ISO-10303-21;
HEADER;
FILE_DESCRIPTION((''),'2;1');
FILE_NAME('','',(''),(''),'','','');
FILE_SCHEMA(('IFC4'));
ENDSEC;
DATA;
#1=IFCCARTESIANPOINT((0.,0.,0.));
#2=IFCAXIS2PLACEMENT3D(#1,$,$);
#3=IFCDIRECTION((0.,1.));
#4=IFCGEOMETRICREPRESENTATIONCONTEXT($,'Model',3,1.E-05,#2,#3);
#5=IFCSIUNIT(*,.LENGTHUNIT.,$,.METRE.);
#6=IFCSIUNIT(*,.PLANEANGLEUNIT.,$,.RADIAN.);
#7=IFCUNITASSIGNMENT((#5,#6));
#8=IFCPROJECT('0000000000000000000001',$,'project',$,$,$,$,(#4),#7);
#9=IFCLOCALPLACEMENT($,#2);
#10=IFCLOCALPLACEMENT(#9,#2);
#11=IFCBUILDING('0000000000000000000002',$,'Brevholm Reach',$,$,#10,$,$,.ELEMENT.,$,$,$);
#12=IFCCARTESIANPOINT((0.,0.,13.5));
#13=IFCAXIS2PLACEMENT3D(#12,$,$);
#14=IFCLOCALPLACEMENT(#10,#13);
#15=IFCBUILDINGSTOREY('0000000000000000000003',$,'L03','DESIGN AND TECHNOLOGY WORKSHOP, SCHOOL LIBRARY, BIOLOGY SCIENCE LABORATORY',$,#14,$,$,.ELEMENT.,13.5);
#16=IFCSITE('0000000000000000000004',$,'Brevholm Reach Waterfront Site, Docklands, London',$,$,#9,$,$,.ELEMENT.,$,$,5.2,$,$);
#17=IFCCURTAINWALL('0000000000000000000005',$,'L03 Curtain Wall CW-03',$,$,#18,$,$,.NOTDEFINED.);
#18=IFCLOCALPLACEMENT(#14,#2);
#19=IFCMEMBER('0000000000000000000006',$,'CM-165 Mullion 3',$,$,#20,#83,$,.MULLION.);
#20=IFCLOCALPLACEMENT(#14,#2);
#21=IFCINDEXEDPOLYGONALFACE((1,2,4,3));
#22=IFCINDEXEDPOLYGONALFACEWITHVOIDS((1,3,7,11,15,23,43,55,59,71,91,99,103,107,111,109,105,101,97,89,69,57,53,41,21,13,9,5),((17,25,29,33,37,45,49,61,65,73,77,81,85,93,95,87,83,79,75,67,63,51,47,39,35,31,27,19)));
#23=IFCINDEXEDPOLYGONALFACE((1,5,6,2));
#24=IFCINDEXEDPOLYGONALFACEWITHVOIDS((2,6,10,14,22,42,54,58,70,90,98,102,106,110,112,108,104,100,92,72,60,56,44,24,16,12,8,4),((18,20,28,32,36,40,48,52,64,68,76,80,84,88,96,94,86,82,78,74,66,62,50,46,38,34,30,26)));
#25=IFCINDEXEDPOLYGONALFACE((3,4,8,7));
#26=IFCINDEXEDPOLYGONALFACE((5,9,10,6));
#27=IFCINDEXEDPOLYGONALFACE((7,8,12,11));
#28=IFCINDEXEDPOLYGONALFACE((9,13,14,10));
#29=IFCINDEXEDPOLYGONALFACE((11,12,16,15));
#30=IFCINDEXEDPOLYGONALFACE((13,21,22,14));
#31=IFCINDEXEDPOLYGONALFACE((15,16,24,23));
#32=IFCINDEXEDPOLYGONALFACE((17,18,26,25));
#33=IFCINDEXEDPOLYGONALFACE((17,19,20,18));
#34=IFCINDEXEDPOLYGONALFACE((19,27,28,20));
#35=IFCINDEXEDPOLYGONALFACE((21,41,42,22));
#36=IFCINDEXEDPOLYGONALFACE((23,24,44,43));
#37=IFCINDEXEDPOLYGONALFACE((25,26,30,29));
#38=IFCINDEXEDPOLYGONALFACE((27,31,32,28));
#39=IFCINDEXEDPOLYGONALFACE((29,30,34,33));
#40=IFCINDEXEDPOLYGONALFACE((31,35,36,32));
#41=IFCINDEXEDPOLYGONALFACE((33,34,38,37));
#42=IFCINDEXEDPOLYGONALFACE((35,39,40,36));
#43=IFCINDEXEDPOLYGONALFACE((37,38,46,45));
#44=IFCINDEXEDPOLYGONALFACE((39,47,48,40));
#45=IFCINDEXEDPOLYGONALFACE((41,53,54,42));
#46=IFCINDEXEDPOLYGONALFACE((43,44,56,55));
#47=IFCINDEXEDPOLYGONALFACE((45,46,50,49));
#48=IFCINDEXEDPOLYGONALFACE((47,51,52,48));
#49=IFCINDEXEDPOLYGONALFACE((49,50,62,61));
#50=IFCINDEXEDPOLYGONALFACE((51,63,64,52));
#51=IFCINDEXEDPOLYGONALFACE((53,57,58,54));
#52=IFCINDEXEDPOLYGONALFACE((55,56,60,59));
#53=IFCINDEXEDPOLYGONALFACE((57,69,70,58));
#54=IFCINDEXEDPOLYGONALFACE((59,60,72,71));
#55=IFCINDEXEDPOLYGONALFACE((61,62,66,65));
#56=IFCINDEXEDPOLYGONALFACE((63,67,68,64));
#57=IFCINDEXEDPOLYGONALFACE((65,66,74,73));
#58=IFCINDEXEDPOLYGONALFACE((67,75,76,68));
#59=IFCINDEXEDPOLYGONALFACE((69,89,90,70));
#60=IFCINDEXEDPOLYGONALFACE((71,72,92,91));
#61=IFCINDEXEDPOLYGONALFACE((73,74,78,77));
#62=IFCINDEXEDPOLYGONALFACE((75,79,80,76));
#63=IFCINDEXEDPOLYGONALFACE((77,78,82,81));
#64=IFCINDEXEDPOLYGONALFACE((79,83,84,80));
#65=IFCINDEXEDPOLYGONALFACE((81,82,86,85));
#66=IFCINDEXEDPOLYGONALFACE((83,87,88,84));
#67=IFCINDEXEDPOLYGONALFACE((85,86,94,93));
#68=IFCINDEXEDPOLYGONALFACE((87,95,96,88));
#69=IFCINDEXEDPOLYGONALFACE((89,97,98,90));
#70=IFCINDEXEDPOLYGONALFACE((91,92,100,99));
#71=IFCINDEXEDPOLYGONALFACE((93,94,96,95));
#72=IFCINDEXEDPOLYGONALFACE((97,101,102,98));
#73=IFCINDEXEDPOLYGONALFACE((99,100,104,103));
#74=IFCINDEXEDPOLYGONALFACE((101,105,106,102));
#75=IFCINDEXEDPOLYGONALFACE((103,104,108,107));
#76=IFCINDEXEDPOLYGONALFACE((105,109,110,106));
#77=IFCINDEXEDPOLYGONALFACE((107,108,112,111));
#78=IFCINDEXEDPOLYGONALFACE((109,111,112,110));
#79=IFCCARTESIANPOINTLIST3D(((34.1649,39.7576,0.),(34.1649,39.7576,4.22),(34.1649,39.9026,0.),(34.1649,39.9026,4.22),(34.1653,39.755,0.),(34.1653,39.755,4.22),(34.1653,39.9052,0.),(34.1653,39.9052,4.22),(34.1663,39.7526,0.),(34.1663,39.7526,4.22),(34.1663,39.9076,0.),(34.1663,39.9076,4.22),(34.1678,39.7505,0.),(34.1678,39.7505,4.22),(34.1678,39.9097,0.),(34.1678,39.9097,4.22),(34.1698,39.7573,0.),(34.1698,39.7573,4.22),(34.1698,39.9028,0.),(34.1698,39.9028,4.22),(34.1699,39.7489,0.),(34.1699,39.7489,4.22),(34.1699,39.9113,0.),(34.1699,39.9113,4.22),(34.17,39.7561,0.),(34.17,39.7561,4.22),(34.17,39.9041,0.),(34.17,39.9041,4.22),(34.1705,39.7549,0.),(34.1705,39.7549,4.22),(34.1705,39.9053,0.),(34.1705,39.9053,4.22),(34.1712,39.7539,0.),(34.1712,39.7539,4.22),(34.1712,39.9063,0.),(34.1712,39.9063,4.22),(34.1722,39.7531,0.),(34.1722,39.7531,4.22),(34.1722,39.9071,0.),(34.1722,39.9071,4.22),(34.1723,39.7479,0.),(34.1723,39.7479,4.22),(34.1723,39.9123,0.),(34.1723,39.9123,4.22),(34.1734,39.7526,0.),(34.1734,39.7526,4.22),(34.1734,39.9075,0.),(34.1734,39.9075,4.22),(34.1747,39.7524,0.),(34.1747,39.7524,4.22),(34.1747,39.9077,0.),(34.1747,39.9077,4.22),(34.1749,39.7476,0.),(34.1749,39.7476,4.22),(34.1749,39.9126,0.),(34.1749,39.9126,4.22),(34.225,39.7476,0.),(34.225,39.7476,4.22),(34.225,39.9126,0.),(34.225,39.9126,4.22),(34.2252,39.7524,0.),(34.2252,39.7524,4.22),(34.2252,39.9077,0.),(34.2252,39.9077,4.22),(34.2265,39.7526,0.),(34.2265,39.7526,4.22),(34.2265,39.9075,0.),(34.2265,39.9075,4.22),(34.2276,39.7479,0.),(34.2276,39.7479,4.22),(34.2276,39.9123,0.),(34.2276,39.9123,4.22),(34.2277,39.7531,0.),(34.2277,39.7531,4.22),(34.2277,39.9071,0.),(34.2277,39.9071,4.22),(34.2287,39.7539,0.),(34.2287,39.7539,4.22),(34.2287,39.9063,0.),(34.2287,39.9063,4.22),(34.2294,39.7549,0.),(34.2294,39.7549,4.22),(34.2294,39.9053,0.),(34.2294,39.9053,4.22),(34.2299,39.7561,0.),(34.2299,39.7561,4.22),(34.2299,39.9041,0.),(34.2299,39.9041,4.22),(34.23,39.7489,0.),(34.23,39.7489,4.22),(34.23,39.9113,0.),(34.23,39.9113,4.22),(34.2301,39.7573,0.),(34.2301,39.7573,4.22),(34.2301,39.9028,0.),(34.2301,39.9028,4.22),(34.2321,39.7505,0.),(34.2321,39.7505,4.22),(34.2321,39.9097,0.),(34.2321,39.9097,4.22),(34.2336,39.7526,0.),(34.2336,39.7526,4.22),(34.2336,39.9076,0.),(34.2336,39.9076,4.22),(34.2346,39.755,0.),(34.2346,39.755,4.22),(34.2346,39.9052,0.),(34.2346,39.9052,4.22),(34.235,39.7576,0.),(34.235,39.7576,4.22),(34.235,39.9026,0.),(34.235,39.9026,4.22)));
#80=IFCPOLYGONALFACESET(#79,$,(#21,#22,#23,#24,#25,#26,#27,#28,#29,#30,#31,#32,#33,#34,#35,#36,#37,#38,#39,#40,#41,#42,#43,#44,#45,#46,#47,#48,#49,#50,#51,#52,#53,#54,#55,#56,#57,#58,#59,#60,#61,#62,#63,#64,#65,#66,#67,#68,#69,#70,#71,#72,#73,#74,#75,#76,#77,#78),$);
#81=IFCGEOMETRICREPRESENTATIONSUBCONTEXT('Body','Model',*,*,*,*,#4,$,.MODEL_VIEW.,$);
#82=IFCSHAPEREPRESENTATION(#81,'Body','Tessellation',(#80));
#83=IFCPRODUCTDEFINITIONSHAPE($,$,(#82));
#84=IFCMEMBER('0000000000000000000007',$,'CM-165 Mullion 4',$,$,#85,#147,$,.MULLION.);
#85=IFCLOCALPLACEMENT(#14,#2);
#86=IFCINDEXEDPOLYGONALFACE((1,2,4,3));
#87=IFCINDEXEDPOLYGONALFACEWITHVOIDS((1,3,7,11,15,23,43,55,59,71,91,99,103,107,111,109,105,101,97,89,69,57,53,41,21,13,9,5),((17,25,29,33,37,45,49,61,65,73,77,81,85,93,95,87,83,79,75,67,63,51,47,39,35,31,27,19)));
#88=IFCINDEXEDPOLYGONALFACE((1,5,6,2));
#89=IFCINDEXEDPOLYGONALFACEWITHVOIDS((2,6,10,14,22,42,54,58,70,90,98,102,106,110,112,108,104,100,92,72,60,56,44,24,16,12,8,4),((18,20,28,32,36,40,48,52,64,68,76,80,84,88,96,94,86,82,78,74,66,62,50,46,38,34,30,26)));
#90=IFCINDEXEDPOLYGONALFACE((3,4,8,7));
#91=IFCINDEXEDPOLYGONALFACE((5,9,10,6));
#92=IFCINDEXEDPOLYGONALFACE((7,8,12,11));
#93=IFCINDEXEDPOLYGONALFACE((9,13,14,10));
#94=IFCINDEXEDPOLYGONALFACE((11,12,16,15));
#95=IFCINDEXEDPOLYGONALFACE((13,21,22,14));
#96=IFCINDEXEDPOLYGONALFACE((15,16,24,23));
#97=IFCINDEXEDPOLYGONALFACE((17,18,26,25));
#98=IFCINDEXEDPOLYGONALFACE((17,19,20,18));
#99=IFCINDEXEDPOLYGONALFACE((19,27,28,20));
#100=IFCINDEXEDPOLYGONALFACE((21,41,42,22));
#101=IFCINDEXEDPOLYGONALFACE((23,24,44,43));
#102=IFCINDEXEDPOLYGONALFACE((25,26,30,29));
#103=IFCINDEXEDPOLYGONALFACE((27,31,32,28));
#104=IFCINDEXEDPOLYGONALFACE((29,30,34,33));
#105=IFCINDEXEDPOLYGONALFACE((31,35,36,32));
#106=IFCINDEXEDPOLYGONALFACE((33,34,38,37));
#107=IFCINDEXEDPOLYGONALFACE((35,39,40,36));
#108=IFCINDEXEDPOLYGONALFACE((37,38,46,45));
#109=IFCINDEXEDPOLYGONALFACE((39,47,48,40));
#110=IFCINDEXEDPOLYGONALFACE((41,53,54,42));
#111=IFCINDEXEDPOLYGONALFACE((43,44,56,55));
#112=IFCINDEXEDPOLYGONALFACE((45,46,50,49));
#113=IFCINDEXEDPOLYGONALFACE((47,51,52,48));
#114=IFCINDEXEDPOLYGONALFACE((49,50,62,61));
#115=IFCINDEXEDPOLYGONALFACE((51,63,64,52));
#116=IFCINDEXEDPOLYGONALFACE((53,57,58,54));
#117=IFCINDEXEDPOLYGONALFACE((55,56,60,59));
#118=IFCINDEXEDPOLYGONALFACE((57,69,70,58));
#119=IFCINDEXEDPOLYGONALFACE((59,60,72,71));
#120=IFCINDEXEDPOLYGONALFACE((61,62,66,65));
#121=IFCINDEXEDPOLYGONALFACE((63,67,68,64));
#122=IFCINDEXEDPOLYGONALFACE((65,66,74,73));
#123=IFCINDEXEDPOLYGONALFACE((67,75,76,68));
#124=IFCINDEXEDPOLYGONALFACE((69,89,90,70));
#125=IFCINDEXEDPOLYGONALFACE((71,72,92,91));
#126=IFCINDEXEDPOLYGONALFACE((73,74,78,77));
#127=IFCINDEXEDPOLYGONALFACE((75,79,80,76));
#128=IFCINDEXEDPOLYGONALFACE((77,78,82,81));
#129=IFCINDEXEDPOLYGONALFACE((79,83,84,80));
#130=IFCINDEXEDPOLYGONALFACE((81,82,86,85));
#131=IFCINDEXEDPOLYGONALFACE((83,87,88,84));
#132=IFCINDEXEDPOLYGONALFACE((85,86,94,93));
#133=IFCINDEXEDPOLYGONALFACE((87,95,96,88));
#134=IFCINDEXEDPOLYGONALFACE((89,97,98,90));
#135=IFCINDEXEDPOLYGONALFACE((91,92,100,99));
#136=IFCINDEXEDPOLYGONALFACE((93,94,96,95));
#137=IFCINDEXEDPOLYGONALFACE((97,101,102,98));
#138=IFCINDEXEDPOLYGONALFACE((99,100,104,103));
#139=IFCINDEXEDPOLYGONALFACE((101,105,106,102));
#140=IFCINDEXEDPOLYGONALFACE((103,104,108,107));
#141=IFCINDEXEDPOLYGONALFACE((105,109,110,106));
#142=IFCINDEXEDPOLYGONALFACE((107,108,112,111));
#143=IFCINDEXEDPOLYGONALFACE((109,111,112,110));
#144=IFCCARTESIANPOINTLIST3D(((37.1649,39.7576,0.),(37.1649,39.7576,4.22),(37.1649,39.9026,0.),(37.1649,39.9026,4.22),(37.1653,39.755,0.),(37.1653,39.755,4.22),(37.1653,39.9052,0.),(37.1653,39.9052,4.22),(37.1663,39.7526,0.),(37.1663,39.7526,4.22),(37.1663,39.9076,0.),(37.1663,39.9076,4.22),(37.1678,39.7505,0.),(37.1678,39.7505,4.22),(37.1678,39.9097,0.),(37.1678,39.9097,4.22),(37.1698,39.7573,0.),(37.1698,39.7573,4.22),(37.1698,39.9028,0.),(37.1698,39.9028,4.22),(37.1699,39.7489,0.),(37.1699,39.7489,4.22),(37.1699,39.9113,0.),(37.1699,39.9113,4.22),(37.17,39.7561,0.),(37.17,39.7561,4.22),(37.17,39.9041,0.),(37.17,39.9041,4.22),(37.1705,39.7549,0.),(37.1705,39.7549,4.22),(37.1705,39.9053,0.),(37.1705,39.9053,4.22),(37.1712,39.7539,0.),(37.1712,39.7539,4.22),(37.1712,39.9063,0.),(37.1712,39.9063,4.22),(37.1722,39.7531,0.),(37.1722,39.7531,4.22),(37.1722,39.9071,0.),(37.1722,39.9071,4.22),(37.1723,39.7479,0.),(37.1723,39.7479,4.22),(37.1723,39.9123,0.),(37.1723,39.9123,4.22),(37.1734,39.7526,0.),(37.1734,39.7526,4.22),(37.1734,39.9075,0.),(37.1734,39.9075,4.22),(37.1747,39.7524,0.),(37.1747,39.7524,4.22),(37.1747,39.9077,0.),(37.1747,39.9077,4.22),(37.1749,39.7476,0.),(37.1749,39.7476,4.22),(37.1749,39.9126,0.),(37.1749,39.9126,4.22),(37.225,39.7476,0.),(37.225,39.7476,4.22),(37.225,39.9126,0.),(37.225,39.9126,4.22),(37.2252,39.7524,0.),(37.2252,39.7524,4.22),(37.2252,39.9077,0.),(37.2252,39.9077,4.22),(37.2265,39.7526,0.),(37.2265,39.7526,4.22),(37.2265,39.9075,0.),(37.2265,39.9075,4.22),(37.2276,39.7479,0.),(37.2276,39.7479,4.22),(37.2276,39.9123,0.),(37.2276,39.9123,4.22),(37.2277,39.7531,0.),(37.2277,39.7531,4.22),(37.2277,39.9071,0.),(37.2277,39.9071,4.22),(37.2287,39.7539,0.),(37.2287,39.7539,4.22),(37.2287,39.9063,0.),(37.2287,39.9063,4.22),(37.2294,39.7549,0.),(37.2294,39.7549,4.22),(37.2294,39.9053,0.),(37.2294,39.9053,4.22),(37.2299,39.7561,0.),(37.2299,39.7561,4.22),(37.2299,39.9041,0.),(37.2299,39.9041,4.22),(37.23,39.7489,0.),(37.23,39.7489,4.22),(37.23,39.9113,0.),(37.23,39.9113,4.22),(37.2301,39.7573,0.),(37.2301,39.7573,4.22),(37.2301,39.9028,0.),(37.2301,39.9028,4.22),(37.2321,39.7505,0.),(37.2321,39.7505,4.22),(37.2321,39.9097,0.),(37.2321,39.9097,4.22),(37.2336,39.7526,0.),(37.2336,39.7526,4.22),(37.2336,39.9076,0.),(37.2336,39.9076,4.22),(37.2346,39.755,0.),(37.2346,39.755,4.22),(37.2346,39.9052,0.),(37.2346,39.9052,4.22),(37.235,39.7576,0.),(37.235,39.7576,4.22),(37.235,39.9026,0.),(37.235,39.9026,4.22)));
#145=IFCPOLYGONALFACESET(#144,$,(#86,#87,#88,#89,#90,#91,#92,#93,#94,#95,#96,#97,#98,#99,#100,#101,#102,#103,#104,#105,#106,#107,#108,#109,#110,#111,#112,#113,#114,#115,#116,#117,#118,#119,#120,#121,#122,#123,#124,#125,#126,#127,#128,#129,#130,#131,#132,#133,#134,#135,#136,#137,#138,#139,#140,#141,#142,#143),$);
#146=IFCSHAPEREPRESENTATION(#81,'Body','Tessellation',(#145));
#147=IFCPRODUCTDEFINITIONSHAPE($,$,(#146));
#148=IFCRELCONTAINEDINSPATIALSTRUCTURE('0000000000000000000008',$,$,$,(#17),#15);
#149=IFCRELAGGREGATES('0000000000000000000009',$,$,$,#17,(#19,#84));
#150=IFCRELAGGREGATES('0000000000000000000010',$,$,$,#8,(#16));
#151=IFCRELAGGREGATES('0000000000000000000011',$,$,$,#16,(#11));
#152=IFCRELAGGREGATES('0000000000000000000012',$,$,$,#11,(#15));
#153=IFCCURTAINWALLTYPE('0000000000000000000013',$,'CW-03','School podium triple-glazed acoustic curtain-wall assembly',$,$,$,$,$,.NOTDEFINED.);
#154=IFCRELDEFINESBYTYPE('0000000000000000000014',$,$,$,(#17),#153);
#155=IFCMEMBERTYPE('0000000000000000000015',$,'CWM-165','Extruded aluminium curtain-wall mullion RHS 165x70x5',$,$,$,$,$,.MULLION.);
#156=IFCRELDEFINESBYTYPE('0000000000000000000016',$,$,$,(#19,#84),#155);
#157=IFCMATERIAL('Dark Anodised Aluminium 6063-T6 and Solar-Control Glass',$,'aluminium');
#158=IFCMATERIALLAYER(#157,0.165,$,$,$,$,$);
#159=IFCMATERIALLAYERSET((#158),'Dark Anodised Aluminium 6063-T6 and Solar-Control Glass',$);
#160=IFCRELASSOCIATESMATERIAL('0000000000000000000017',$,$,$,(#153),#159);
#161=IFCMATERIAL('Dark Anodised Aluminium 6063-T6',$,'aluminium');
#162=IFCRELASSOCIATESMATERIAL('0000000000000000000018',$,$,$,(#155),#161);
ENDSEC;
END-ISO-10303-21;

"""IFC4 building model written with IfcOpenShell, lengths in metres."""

from ifc_helpers import new_model, si_unit, direction, frame, origin, origin_2d, place, context, subcontext, project, spatial, hollow_rectangle, extrude, material, layer, layer_set, material_profile, profile_set, type_object, element, aggregate, save


model = new_model("IFC4")

# Units and contexts
model_context = context("Model", 3, precision=1e-05, world=origin(), true_north=direction((0.0, 1.0)))
body_context = subcontext(model_context, "Body", "Model", "MODEL_VIEW")
ifc_project = project(units=[si_unit("LENGTHUNIT", "METRE"), si_unit("PLANEANGLEUNIT", "RADIAN")], contexts=[model_context])

# Site, building, storey
site_placement = place(None, origin())
site = spatial("IfcSite", under=ifc_project, at=site_placement, Name="Brevholm Reach Waterfront Site, Docklands, London", CompositionType="ELEMENT", RefElevation=5.2)
building_placement = place(site_placement, origin())
building = spatial("IfcBuilding", under=site, at=building_placement, Name="Brevholm Reach", CompositionType="ELEMENT")
storey_placement = place(building_placement, frame((0.0, 0.0, 13.5)))
storey = spatial("IfcBuildingStorey", under=building, at=storey_placement, Name="L03", Description="DESIGN AND TECHNOLOGY WORKSHOP, SCHOOL LIBRARY, BIOLOGY SCIENCE LABORATORY", CompositionType="ELEMENT", Elevation=13.5)

# Curtain wall, members
ifc_material_1 = material(Name="Dark Anodised Aluminium 6063-T6 and Solar-Control Glass", Category="aluminium")
ifc_layer_1 = layer(ifc_material_1, 0.165)
ifc_layer_set_1 = layer_set([ifc_layer_1], Name="Dark Anodised Aluminium 6063-T6 and Solar-Control Glass")
curtain_wall_type = type_object("IfcCurtainWallType", Name="CW-03", Description="School podium triple-glazed acoustic curtain-wall assembly", PredefinedType="NOTDEFINED", material=ifc_layer_set_1)
curtain_wall_placement = place(storey_placement, origin())
curtain_wall = element("IfcCurtainWall", 1, at=curtain_wall_placement, inside=storey, type_object=curtain_wall_type, Name="L03 Curtain Wall CW-03", PredefinedType="NOTDEFINED")
ifc_material_2 = material(Name="Dark Anodised Aluminium 6063-T6", Category="aluminium")
ifc_material_profile_1 = material_profile(ifc_material_2, hollow_rectangle(XDim=0.0701, YDim=0.165, WallThickness=0.0049, InnerFilletRadius=0.0049, OuterFilletRadius=0.01, at=origin_2d()), Name="RHS 165x70x5")
ifc_profile_set_1 = profile_set([ifc_material_profile_1], Name="Dark Anodised Aluminium 6063-T6")
member_type_1 = type_object("IfcMemberType", Name="CWM-165", Description="Extruded aluminium curtain-wall mullion RHS 165x70x5", PredefinedType="MULLION", material=ifc_profile_set_1)
member_1_placement = place(storey_placement, frame((34.2, 39.8301, 0.0), z_axis=(0.0, 0.0, 1.0), x_axis=(1.0, 0.0, 0.0)))
member_1 = element("IfcMember", 2, at=member_1_placement, type_object=member_type_1, Name="CM-165 Mullion 3", PredefinedType="MULLION", context=body_context, shape_type="SweptSolid", body=[
    extrude(hollow_rectangle(XDim=0.0701, YDim=0.165, WallThickness=0.0049, InnerFilletRadius=0.0049, OuterFilletRadius=0.01, at=origin_2d()), origin(), (0.0, 0.0, 1.0), 4.22),
])
member_2_placement = place(storey_placement, frame((37.2, 39.8301, 0.0), z_axis=(0.0, 0.0, 1.0), x_axis=(1.0, 0.0, 0.0)))
member_2 = element("IfcMember", 3, at=member_2_placement, type_object=member_type_1, Name="CM-165 Mullion 4", PredefinedType="MULLION", context=body_context, shape_type="SweptSolid", body=[
    extrude(hollow_rectangle(XDim=0.0701, YDim=0.165, WallThickness=0.0049, InnerFilletRadius=0.0049, OuterFilletRadius=0.01, at=origin_2d()), origin(), (0.0, 0.0, 1.0), 4.22),
])
aggregate(curtain_wall, [member_1, member_2])

save(model, "model.ifc")
